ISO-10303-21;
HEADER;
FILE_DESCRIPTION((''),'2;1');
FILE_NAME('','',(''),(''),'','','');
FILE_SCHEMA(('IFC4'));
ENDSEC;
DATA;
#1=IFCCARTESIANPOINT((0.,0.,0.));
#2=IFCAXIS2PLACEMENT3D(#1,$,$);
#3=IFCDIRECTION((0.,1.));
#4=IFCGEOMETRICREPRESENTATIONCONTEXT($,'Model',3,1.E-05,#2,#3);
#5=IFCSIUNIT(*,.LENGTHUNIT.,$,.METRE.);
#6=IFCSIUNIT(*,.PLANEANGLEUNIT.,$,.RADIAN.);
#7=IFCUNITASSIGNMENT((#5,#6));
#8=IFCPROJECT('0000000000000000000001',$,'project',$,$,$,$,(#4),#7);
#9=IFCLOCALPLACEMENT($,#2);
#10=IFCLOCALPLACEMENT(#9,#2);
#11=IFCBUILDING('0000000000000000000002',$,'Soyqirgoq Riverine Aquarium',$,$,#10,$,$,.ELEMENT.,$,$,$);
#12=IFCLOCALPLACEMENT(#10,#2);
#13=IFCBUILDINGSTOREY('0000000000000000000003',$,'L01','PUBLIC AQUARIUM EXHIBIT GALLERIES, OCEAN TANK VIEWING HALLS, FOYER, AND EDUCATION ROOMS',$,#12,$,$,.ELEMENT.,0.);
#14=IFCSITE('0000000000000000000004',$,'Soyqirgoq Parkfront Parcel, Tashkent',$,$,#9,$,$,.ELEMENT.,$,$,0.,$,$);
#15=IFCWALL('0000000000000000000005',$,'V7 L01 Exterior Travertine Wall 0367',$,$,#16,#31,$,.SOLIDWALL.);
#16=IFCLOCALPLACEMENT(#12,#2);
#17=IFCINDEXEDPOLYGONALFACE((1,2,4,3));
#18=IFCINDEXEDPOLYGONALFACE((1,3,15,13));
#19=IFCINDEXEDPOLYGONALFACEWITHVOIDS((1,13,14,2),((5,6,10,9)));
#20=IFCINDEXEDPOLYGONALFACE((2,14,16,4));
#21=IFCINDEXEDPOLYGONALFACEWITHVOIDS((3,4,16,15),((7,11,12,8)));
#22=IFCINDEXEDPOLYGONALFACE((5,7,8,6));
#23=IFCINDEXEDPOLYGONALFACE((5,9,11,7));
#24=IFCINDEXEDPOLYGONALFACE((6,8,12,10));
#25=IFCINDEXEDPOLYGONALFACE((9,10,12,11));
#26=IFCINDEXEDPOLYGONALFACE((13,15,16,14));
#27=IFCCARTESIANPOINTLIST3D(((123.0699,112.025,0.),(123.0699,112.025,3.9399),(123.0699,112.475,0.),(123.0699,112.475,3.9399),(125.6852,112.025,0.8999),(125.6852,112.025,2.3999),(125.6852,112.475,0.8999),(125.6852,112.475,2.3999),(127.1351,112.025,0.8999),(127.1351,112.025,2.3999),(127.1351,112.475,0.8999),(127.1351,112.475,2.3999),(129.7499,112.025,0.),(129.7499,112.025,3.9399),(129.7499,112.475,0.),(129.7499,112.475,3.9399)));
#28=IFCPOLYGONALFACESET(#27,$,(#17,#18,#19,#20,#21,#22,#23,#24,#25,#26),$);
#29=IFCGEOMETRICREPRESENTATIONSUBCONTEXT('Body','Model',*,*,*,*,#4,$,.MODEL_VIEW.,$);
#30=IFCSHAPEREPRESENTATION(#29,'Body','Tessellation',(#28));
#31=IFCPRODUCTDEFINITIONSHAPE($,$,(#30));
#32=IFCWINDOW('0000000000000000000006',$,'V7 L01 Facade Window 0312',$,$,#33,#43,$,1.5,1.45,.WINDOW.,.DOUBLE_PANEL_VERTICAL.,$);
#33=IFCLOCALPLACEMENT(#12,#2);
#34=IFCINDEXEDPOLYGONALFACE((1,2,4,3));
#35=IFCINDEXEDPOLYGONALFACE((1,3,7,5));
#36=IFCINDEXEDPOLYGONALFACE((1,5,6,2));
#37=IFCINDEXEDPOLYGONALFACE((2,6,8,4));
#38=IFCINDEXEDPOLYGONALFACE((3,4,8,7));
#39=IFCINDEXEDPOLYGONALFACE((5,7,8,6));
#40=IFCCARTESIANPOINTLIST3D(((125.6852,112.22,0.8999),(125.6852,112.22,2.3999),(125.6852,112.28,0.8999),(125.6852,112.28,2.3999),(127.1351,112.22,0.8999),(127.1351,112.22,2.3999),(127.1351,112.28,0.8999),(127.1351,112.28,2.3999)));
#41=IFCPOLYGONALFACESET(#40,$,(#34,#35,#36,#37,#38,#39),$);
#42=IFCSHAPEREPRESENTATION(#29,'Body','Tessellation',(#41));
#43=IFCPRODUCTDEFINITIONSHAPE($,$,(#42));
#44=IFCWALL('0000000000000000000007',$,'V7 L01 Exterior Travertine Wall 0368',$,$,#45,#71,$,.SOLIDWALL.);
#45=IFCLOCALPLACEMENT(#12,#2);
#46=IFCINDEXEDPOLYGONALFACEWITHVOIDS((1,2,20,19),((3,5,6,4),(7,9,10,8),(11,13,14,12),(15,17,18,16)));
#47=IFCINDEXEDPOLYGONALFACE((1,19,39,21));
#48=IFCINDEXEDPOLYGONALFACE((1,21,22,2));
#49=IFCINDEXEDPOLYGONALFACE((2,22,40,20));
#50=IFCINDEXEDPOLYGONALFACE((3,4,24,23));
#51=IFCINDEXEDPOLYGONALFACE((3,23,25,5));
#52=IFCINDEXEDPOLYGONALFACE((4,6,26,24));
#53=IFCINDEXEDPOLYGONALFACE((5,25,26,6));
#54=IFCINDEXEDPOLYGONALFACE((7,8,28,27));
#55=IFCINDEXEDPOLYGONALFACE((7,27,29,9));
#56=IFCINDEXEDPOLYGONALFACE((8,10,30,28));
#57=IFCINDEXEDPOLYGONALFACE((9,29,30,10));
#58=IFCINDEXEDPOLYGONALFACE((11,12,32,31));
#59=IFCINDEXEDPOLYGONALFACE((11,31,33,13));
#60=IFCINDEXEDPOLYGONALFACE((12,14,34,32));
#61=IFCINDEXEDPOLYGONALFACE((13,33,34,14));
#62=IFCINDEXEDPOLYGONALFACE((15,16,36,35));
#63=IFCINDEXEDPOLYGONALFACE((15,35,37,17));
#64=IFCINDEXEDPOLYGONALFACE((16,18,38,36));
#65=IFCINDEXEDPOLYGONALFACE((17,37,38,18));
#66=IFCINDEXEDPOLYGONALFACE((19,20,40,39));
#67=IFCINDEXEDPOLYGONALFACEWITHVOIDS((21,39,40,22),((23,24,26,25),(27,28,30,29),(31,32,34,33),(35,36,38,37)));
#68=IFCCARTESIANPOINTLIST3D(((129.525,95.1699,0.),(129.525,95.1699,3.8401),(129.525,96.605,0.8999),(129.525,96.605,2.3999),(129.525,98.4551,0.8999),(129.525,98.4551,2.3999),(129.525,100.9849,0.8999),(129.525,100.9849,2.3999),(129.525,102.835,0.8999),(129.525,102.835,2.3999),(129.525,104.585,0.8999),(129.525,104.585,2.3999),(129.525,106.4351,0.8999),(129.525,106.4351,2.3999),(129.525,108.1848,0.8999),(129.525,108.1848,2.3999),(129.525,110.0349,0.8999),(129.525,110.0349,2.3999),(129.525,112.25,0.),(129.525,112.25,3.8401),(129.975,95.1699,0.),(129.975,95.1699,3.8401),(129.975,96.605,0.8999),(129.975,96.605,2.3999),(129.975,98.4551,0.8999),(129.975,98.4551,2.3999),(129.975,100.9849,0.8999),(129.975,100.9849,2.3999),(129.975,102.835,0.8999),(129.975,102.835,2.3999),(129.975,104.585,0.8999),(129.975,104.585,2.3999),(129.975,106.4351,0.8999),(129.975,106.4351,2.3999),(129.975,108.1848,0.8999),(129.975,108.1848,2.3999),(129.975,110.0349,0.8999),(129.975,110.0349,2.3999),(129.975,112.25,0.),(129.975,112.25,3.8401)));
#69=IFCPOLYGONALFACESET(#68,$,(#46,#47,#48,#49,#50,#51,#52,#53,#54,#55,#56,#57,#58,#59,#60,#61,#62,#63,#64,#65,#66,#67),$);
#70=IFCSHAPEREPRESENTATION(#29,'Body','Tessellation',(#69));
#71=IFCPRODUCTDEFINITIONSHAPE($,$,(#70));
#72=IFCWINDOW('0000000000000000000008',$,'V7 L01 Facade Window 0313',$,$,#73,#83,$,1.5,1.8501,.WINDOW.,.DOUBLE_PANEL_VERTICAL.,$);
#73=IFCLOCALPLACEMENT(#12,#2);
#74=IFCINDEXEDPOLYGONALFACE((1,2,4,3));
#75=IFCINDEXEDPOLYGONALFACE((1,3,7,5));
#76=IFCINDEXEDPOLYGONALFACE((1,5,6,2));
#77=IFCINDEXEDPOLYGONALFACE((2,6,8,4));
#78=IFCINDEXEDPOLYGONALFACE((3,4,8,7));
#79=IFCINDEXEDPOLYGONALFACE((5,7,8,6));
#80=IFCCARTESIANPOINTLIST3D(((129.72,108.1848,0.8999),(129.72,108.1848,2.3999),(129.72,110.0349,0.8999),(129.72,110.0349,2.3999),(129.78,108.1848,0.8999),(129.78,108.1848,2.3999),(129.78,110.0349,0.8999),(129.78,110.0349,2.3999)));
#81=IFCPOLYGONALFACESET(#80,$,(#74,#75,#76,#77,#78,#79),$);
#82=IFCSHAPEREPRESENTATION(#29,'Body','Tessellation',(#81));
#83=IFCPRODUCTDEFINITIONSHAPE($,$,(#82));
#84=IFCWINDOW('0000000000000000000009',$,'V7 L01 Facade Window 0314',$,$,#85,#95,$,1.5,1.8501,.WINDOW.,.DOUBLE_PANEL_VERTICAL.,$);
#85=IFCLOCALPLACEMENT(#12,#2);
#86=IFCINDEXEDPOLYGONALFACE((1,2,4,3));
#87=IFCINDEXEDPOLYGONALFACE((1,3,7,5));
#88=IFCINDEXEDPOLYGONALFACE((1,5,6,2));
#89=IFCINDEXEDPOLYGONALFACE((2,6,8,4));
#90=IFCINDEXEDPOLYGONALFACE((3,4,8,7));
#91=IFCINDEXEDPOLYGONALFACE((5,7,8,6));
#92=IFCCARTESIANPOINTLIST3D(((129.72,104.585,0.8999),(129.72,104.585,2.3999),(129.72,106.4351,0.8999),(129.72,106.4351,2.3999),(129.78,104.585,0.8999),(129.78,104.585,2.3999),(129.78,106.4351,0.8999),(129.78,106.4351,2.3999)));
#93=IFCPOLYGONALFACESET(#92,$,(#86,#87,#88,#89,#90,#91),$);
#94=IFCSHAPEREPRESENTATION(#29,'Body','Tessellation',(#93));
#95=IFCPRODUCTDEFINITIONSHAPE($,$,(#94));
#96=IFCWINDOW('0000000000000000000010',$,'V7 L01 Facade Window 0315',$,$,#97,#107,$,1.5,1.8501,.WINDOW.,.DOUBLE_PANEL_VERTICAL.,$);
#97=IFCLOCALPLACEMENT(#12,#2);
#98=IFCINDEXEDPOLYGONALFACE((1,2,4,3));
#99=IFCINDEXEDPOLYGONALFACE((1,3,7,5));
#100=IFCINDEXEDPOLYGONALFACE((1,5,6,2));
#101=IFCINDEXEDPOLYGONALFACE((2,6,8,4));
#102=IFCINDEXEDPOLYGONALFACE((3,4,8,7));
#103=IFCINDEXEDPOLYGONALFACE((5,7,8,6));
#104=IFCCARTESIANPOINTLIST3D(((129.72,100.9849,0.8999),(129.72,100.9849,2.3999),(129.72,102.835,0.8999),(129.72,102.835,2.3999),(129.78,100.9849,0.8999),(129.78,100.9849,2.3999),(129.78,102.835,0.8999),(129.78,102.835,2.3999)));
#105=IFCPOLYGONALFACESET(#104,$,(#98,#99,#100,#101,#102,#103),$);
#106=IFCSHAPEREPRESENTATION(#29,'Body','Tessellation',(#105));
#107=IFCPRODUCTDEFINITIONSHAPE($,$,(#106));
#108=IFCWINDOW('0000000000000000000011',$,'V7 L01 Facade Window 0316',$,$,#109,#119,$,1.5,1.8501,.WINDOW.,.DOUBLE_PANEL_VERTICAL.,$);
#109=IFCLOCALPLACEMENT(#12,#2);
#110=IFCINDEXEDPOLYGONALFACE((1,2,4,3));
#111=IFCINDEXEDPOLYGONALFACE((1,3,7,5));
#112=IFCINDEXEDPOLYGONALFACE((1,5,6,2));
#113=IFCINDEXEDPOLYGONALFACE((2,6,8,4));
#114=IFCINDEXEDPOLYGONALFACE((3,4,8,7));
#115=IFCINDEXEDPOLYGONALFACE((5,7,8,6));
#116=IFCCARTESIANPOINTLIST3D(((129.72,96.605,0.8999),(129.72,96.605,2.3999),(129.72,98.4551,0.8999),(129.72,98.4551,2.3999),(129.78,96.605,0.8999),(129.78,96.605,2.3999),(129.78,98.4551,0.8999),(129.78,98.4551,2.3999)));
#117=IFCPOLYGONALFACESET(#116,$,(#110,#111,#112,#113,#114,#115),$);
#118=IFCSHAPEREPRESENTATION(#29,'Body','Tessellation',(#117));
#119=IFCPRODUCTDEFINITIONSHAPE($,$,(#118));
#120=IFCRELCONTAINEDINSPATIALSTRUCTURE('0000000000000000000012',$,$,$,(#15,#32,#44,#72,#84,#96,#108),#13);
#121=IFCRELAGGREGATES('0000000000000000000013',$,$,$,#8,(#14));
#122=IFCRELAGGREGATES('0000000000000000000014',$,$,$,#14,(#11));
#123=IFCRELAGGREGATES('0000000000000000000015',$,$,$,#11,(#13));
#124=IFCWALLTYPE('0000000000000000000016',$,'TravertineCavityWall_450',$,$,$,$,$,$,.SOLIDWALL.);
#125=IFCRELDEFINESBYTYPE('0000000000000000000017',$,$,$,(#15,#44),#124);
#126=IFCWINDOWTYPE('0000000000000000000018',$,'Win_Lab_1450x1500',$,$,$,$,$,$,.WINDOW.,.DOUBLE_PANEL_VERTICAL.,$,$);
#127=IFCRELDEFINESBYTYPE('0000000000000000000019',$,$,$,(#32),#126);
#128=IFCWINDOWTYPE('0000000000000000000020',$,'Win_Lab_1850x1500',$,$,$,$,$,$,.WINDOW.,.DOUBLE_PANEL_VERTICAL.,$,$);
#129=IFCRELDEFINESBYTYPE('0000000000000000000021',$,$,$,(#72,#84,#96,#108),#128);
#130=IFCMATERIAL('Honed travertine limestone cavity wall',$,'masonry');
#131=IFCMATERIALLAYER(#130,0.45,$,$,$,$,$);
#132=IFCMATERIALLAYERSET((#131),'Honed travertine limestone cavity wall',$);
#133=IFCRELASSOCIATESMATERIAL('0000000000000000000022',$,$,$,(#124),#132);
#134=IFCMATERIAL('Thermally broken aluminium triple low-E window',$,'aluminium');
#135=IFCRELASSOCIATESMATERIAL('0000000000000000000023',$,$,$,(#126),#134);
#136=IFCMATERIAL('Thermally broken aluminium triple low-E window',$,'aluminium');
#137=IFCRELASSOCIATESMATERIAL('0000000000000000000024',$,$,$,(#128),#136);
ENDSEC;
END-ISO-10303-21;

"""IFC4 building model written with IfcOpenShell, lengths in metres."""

from ifc_helpers import new_model, si_unit, direction, frame, frame_2d, origin, place, context, subcontext, project, spatial, rectangle, extrude, material, layer, layer_set, type_object, element, fill, save


model = new_model("IFC4")

# Units and contexts
model_context = context("Model", 3, precision=1e-05, world=origin(), true_north=direction((0.0, 1.0)))
body_context = subcontext(model_context, "Body", "Model", "MODEL_VIEW")
ifc_project = project(units=[si_unit("LENGTHUNIT", "METRE"), si_unit("PLANEANGLEUNIT", "RADIAN")], contexts=[model_context])

# Site, building, storey
site_placement = place(None, origin())
site = spatial("IfcSite", under=ifc_project, at=site_placement, Name="Soyqirgoq Parkfront Parcel, Tashkent", CompositionType="ELEMENT", RefElevation=0.0)
building_placement = place(site_placement, origin())
building = spatial("IfcBuilding", under=site, at=building_placement, Name="Soyqirgoq Riverine Aquarium", CompositionType="ELEMENT")
storey_placement = place(building_placement, origin())
storey = spatial("IfcBuildingStorey", under=building, at=storey_placement, Name="L01", Description="PUBLIC AQUARIUM EXHIBIT GALLERIES, OCEAN TANK VIEWING HALLS, FOYER, AND EDUCATION ROOMS", CompositionType="ELEMENT", Elevation=0.0)

# Wall, opening, window
ifc_material_1 = material(Name="Honed travertine limestone cavity wall", Category="masonry")
ifc_layer = layer(ifc_material_1, 0.45)
ifc_layer_set = layer_set([ifc_layer], Name="Honed travertine limestone cavity wall")
wall_type = type_object("IfcWallType", Name="TravertineCavityWall_450", PredefinedType="SOLIDWALL", material=ifc_layer_set)
wall_1_placement = place(storey_placement, frame((123.0701, 112.25, 0.0), z_axis=(0.0, 0.0, 1.0), x_axis=(1.0, 0.0, 0.0)))
wall_1 = element("IfcWall", 1, at=wall_1_placement, inside=storey, type_object=wall_type, Name="V7 L01 Exterior Travertine Wall 0367", PredefinedType="SOLIDWALL", context=body_context, shape_type="SweptSolid", body=[
    extrude(rectangle(XDim=6.6799, YDim=0.45, at=frame_2d((3.3398, 0.0))), origin(), (0.0, 0.0, 1.0), 3.9399),
])
opening_1_placement = place(wall_1_placement, frame((2.615, 0.0, 0.8999)))
opening_1 = element("IfcOpeningElement", 2, at=opening_1_placement, cuts=wall_1, PredefinedType="OPENING", context=body_context, shape_type="SweptSolid", body=[
    extrude(rectangle(XDim=1.45, YDim=1.5, at=frame_2d((0.7251, 0.75))), frame((0.0, 0.2349, 0.0), z_axis=(0.0, -1.0, 0.0), x_axis=(1.0, 0.0, 0.0)), (0.0, 0.0, 1.0), 0.47),
])
ifc_material_2 = material(Name="Thermally broken aluminium triple low-E window", Category="aluminium")
window_type_1 = type_object("IfcWindowType", Name="Win_Lab_1450x1500", PartitioningType="DOUBLE_PANEL_VERTICAL", PredefinedType="WINDOW", material=ifc_material_2)
window_1_placement = place(opening_1_placement, origin())
window_1 = element("IfcWindow", 3, at=window_1_placement, inside=storey, type_object=window_type_1, Name="V7 L01 Facade Window 0312", OverallHeight=1.5, OverallWidth=1.45, PartitioningType="DOUBLE_PANEL_VERTICAL", PredefinedType="WINDOW", context=body_context, shape_type="SweptSolid", body=[
    extrude(rectangle(XDim=1.45, YDim=1.5, at=frame_2d((0.7251, 0.75))), frame((0.0, 0.03, 0.0), z_axis=(0.0, -1.0, 0.0), x_axis=(1.0, 0.0, 0.0)), (0.0, 0.0, 1.0), 0.0601),
])
fill(opening_1, window_1)

# Wall, openings, windows
wall_2_placement = place(storey_placement, frame((129.75, 112.25, 0.0), z_axis=(0.0, 0.0, 1.0), x_axis=(0.0, -1.0, 0.0)))
wall_2 = element("IfcWall", 4, at=wall_2_placement, inside=storey, type_object=wall_type, Name="V7 L01 Exterior Travertine Wall 0368", PredefinedType="SOLIDWALL", context=body_context, shape_type="SweptSolid", body=[
    extrude(rectangle(XDim=17.0801, YDim=0.45, at=frame_2d((8.54, 0.0))), origin(), (0.0, 0.0, 1.0), 3.8401),
])
opening_2_placement = place(wall_2_placement, frame((2.2151, 0.0, 0.8999)))
opening_2 = element("IfcOpeningElement", 5, at=opening_2_placement, cuts=wall_2, PredefinedType="OPENING", context=body_context, shape_type="SweptSolid", body=[
    extrude(rectangle(XDim=1.8501, YDim=1.5, at=frame_2d((0.925, 0.75))), frame((0.0, 0.2349, 0.0), z_axis=(0.0, -1.0, 0.0), x_axis=(1.0, 0.0, 0.0)), (0.0, 0.0, 1.0), 0.47),
])
opening_3_placement = place(wall_2_placement, frame((5.8149, 0.0, 0.8999)))
opening_3 = element("IfcOpeningElement", 6, at=opening_3_placement, cuts=wall_2, PredefinedType="OPENING", context=body_context, shape_type="SweptSolid", body=[
    extrude(rectangle(XDim=1.8501, YDim=1.5, at=frame_2d((0.925, 0.75))), frame((0.0, 0.2349, 0.0), z_axis=(0.0, -1.0, 0.0), x_axis=(1.0, 0.0, 0.0)), (0.0, 0.0, 1.0), 0.47),
])
opening_4_placement = place(wall_2_placement, frame((9.415, 0.0, 0.8999)))
opening_4 = element("IfcOpeningElement", 7, at=opening_4_placement, cuts=wall_2, PredefinedType="OPENING", context=body_context, shape_type="SweptSolid", body=[
    extrude(rectangle(XDim=1.8501, YDim=1.5, at=frame_2d((0.925, 0.75))), frame((0.0, 0.2349, 0.0), z_axis=(0.0, -1.0, 0.0), x_axis=(1.0, 0.0, 0.0)), (0.0, 0.0, 1.0), 0.47),
])
opening_5_placement = place(wall_2_placement, frame((13.7949, 0.0, 0.8999)))
opening_5 = element("IfcOpeningElement", 8, at=opening_5_placement, cuts=wall_2, PredefinedType="OPENING", context=body_context, shape_type="SweptSolid", body=[
    extrude(rectangle(XDim=1.8501, YDim=1.5, at=frame_2d((0.925, 0.75))), frame((0.0, 0.2349, 0.0), z_axis=(0.0, -1.0, 0.0), x_axis=(1.0, 0.0, 0.0)), (0.0, 0.0, 1.0), 0.47),
])
ifc_material_3 = material(Name="Thermally broken aluminium triple low-E window", Category="aluminium")
window_type_2 = type_object("IfcWindowType", Name="Win_Lab_1850x1500", PartitioningType="DOUBLE_PANEL_VERTICAL", PredefinedType="WINDOW", material=ifc_material_3)
window_2_placement = place(opening_2_placement, origin())
window_2 = element("IfcWindow", 9, at=window_2_placement, inside=storey, type_object=window_type_2, Name="V7 L01 Facade Window 0313", OverallHeight=1.5, OverallWidth=1.8501, PartitioningType="DOUBLE_PANEL_VERTICAL", PredefinedType="WINDOW", context=body_context, shape_type="SweptSolid", body=[
    extrude(rectangle(XDim=1.8501, YDim=1.5, at=frame_2d((0.925, 0.75))), frame((0.0, 0.03, 0.0), z_axis=(0.0, -1.0, 0.0), x_axis=(1.0, 0.0, 0.0)), (0.0, 0.0, 1.0), 0.0601),
])
fill(opening_2, window_2)
window_3_placement = place(opening_3_placement, origin())
window_3 = element("IfcWindow", 10, at=window_3_placement, inside=storey, type_object=window_type_2, Name="V7 L01 Facade Window 0314", OverallHeight=1.5, OverallWidth=1.8501, PartitioningType="DOUBLE_PANEL_VERTICAL", PredefinedType="WINDOW", context=body_context, shape_type="SweptSolid", body=[
    extrude(rectangle(XDim=1.8501, YDim=1.5, at=frame_2d((0.925, 0.75))), frame((0.0, 0.03, 0.0), z_axis=(0.0, -1.0, 0.0), x_axis=(1.0, 0.0, 0.0)), (0.0, 0.0, 1.0), 0.0601),
])
fill(opening_3, window_3)
window_4_placement = place(opening_4_placement, origin())
window_4 = element("IfcWindow", 11, at=window_4_placement, inside=storey, type_object=window_type_2, Name="V7 L01 Facade Window 0315", OverallHeight=1.5, OverallWidth=1.8501, PartitioningType="DOUBLE_PANEL_VERTICAL", PredefinedType="WINDOW", context=body_context, shape_type="SweptSolid", body=[
    extrude(rectangle(XDim=1.8501, YDim=1.5, at=frame_2d((0.925, 0.75))), frame((0.0, 0.03, 0.0), z_axis=(0.0, -1.0, 0.0), x_axis=(1.0, 0.0, 0.0)), (0.0, 0.0, 1.0), 0.0601),
])
fill(opening_4, window_4)
window_5_placement = place(opening_5_placement, origin())
window_5 = element("IfcWindow", 12, at=window_5_placement, inside=storey, type_object=window_type_2, Name="V7 L01 Facade Window 0316", OverallHeight=1.5, OverallWidth=1.8501, PartitioningType="DOUBLE_PANEL_VERTICAL", PredefinedType="WINDOW", context=body_context, shape_type="SweptSolid", body=[
    extrude(rectangle(XDim=1.8501, YDim=1.5, at=frame_2d((0.925, 0.75))), frame((0.0, 0.03, 0.0), z_axis=(0.0, -1.0, 0.0), x_axis=(1.0, 0.0, 0.0)), (0.0, 0.0, 1.0), 0.0601),
])
fill(opening_5, window_5)

save(model, "model.ifc")
